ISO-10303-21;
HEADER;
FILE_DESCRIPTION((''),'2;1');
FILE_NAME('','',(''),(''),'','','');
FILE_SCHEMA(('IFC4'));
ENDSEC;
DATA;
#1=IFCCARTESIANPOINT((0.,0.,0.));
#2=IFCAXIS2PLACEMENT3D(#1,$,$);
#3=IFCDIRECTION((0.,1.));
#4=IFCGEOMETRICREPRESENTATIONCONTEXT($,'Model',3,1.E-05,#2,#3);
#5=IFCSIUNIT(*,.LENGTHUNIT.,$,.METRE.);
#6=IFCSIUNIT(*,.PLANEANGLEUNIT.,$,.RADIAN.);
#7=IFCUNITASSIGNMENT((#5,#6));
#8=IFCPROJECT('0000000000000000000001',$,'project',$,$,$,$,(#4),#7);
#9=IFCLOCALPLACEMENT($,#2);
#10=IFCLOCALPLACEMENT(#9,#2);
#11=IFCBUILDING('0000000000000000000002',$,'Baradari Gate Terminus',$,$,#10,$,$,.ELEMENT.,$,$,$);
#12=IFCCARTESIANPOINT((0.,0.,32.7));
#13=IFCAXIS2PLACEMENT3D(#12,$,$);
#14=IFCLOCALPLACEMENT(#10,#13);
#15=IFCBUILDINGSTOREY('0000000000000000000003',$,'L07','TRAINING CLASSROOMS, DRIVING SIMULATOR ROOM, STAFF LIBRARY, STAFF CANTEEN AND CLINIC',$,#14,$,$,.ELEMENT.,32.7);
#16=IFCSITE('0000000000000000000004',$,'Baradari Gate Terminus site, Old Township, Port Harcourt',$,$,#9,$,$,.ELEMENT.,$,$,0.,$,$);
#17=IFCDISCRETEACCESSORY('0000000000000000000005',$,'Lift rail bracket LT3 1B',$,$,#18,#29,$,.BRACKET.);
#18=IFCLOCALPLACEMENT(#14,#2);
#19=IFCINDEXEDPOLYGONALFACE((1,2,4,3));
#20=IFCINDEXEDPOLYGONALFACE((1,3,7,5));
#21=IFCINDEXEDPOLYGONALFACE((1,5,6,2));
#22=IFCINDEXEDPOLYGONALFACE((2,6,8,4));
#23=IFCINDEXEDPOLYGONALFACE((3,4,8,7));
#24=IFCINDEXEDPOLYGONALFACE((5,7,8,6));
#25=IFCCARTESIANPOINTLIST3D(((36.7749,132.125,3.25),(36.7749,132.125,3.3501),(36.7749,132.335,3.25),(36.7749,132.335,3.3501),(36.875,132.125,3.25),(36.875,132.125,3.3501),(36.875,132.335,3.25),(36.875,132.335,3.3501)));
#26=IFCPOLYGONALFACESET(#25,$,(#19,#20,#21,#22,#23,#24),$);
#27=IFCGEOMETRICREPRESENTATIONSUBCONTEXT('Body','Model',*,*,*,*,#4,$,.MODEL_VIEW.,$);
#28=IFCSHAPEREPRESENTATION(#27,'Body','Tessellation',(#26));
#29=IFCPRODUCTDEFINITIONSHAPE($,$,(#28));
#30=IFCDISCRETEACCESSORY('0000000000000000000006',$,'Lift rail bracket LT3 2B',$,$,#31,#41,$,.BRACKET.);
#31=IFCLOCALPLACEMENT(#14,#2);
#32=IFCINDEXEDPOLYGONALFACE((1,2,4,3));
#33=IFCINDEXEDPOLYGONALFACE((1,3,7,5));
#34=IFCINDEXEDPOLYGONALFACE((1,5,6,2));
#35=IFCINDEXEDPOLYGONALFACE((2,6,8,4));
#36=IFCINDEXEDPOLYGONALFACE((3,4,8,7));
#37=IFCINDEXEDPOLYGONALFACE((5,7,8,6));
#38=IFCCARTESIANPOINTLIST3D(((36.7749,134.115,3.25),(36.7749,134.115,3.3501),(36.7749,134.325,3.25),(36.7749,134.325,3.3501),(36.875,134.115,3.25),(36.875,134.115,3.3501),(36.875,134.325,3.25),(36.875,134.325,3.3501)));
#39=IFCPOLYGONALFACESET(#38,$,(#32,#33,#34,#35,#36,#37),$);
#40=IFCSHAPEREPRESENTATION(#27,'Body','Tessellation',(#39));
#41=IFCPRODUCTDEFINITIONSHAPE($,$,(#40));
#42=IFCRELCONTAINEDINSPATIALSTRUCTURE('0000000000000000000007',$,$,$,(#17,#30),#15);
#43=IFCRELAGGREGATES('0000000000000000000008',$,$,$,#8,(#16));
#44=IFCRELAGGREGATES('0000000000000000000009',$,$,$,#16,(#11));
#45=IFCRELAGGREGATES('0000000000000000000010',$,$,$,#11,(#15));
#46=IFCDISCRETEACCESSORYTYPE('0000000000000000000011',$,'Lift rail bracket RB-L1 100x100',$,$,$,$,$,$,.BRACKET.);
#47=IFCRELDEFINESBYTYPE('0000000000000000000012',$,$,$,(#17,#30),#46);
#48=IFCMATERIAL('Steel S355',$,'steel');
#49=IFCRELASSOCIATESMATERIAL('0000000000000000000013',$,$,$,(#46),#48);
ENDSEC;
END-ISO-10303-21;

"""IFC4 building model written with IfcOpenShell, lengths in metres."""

from ifc_helpers import new_model, si_unit, direction, frame, origin, origin_2d, place, context, subcontext, project, spatial, rectangle, extrude, material, type_object, element, save


model = new_model("IFC4")

# Units and contexts
model_context = context("Model", 3, precision=1e-05, world=origin(), true_north=direction((0.0, 1.0)))
body_context = subcontext(model_context, "Body", "Model", "MODEL_VIEW")
ifc_project = project(units=[si_unit("LENGTHUNIT", "METRE"), si_unit("PLANEANGLEUNIT", "RADIAN")], contexts=[model_context])

# Site, building, storey
site_placement = place(None, origin())
site = spatial("IfcSite", under=ifc_project, at=site_placement, Name="Baradari Gate Terminus site, Old Township, Port Harcourt", CompositionType="ELEMENT", RefElevation=0.0)
building_placement = place(site_placement, origin())
building = spatial("IfcBuilding", under=site, at=building_placement, Name="Baradari Gate Terminus", CompositionType="ELEMENT")
storey_placement = place(building_placement, frame((0.0, 0.0, 32.7)))
storey = spatial("IfcBuildingStorey", under=building, at=storey_placement, Name="L07", Description="TRAINING CLASSROOMS, DRIVING SIMULATOR ROOM, STAFF LIBRARY, STAFF CANTEEN AND CLINIC", CompositionType="ELEMENT", Elevation=32.7)

# Discrete accessories
ifc_material_1 = material(Name="Steel S355", Category="steel")
discrete_accessory_type_1 = type_object("IfcDiscreteAccessoryType", Name="Lift rail bracket RB-L1 100x100", PredefinedType="BRACKET", material=ifc_material_1)
for number, where, z_axis, x_axis, name in (
    (1, (36.825, 132.23, 3.25), (0.0, 0.0, 1.0), (1.0, 0.0, 0.0), "Lift rail bracket LT3 1B"),
    (2, (36.825, 134.22, 3.25), (0.0, 0.0, 1.0), (1.0, 0.0, 0.0), "Lift rail bracket LT3 2B"),
):
    element("IfcDiscreteAccessory", number, at=place(storey_placement, frame(where, z_axis=z_axis, x_axis=x_axis)), inside=storey, type_object=discrete_accessory_type_1, Name=name, PredefinedType="BRACKET", context=body_context, shape_type="SweptSolid", body=[
        extrude(rectangle(XDim=0.1001, YDim=0.21, at=origin_2d()), origin(), (0.0, 0.0, 1.0), 0.1001),
    ])

save(model, "model.ifc")
